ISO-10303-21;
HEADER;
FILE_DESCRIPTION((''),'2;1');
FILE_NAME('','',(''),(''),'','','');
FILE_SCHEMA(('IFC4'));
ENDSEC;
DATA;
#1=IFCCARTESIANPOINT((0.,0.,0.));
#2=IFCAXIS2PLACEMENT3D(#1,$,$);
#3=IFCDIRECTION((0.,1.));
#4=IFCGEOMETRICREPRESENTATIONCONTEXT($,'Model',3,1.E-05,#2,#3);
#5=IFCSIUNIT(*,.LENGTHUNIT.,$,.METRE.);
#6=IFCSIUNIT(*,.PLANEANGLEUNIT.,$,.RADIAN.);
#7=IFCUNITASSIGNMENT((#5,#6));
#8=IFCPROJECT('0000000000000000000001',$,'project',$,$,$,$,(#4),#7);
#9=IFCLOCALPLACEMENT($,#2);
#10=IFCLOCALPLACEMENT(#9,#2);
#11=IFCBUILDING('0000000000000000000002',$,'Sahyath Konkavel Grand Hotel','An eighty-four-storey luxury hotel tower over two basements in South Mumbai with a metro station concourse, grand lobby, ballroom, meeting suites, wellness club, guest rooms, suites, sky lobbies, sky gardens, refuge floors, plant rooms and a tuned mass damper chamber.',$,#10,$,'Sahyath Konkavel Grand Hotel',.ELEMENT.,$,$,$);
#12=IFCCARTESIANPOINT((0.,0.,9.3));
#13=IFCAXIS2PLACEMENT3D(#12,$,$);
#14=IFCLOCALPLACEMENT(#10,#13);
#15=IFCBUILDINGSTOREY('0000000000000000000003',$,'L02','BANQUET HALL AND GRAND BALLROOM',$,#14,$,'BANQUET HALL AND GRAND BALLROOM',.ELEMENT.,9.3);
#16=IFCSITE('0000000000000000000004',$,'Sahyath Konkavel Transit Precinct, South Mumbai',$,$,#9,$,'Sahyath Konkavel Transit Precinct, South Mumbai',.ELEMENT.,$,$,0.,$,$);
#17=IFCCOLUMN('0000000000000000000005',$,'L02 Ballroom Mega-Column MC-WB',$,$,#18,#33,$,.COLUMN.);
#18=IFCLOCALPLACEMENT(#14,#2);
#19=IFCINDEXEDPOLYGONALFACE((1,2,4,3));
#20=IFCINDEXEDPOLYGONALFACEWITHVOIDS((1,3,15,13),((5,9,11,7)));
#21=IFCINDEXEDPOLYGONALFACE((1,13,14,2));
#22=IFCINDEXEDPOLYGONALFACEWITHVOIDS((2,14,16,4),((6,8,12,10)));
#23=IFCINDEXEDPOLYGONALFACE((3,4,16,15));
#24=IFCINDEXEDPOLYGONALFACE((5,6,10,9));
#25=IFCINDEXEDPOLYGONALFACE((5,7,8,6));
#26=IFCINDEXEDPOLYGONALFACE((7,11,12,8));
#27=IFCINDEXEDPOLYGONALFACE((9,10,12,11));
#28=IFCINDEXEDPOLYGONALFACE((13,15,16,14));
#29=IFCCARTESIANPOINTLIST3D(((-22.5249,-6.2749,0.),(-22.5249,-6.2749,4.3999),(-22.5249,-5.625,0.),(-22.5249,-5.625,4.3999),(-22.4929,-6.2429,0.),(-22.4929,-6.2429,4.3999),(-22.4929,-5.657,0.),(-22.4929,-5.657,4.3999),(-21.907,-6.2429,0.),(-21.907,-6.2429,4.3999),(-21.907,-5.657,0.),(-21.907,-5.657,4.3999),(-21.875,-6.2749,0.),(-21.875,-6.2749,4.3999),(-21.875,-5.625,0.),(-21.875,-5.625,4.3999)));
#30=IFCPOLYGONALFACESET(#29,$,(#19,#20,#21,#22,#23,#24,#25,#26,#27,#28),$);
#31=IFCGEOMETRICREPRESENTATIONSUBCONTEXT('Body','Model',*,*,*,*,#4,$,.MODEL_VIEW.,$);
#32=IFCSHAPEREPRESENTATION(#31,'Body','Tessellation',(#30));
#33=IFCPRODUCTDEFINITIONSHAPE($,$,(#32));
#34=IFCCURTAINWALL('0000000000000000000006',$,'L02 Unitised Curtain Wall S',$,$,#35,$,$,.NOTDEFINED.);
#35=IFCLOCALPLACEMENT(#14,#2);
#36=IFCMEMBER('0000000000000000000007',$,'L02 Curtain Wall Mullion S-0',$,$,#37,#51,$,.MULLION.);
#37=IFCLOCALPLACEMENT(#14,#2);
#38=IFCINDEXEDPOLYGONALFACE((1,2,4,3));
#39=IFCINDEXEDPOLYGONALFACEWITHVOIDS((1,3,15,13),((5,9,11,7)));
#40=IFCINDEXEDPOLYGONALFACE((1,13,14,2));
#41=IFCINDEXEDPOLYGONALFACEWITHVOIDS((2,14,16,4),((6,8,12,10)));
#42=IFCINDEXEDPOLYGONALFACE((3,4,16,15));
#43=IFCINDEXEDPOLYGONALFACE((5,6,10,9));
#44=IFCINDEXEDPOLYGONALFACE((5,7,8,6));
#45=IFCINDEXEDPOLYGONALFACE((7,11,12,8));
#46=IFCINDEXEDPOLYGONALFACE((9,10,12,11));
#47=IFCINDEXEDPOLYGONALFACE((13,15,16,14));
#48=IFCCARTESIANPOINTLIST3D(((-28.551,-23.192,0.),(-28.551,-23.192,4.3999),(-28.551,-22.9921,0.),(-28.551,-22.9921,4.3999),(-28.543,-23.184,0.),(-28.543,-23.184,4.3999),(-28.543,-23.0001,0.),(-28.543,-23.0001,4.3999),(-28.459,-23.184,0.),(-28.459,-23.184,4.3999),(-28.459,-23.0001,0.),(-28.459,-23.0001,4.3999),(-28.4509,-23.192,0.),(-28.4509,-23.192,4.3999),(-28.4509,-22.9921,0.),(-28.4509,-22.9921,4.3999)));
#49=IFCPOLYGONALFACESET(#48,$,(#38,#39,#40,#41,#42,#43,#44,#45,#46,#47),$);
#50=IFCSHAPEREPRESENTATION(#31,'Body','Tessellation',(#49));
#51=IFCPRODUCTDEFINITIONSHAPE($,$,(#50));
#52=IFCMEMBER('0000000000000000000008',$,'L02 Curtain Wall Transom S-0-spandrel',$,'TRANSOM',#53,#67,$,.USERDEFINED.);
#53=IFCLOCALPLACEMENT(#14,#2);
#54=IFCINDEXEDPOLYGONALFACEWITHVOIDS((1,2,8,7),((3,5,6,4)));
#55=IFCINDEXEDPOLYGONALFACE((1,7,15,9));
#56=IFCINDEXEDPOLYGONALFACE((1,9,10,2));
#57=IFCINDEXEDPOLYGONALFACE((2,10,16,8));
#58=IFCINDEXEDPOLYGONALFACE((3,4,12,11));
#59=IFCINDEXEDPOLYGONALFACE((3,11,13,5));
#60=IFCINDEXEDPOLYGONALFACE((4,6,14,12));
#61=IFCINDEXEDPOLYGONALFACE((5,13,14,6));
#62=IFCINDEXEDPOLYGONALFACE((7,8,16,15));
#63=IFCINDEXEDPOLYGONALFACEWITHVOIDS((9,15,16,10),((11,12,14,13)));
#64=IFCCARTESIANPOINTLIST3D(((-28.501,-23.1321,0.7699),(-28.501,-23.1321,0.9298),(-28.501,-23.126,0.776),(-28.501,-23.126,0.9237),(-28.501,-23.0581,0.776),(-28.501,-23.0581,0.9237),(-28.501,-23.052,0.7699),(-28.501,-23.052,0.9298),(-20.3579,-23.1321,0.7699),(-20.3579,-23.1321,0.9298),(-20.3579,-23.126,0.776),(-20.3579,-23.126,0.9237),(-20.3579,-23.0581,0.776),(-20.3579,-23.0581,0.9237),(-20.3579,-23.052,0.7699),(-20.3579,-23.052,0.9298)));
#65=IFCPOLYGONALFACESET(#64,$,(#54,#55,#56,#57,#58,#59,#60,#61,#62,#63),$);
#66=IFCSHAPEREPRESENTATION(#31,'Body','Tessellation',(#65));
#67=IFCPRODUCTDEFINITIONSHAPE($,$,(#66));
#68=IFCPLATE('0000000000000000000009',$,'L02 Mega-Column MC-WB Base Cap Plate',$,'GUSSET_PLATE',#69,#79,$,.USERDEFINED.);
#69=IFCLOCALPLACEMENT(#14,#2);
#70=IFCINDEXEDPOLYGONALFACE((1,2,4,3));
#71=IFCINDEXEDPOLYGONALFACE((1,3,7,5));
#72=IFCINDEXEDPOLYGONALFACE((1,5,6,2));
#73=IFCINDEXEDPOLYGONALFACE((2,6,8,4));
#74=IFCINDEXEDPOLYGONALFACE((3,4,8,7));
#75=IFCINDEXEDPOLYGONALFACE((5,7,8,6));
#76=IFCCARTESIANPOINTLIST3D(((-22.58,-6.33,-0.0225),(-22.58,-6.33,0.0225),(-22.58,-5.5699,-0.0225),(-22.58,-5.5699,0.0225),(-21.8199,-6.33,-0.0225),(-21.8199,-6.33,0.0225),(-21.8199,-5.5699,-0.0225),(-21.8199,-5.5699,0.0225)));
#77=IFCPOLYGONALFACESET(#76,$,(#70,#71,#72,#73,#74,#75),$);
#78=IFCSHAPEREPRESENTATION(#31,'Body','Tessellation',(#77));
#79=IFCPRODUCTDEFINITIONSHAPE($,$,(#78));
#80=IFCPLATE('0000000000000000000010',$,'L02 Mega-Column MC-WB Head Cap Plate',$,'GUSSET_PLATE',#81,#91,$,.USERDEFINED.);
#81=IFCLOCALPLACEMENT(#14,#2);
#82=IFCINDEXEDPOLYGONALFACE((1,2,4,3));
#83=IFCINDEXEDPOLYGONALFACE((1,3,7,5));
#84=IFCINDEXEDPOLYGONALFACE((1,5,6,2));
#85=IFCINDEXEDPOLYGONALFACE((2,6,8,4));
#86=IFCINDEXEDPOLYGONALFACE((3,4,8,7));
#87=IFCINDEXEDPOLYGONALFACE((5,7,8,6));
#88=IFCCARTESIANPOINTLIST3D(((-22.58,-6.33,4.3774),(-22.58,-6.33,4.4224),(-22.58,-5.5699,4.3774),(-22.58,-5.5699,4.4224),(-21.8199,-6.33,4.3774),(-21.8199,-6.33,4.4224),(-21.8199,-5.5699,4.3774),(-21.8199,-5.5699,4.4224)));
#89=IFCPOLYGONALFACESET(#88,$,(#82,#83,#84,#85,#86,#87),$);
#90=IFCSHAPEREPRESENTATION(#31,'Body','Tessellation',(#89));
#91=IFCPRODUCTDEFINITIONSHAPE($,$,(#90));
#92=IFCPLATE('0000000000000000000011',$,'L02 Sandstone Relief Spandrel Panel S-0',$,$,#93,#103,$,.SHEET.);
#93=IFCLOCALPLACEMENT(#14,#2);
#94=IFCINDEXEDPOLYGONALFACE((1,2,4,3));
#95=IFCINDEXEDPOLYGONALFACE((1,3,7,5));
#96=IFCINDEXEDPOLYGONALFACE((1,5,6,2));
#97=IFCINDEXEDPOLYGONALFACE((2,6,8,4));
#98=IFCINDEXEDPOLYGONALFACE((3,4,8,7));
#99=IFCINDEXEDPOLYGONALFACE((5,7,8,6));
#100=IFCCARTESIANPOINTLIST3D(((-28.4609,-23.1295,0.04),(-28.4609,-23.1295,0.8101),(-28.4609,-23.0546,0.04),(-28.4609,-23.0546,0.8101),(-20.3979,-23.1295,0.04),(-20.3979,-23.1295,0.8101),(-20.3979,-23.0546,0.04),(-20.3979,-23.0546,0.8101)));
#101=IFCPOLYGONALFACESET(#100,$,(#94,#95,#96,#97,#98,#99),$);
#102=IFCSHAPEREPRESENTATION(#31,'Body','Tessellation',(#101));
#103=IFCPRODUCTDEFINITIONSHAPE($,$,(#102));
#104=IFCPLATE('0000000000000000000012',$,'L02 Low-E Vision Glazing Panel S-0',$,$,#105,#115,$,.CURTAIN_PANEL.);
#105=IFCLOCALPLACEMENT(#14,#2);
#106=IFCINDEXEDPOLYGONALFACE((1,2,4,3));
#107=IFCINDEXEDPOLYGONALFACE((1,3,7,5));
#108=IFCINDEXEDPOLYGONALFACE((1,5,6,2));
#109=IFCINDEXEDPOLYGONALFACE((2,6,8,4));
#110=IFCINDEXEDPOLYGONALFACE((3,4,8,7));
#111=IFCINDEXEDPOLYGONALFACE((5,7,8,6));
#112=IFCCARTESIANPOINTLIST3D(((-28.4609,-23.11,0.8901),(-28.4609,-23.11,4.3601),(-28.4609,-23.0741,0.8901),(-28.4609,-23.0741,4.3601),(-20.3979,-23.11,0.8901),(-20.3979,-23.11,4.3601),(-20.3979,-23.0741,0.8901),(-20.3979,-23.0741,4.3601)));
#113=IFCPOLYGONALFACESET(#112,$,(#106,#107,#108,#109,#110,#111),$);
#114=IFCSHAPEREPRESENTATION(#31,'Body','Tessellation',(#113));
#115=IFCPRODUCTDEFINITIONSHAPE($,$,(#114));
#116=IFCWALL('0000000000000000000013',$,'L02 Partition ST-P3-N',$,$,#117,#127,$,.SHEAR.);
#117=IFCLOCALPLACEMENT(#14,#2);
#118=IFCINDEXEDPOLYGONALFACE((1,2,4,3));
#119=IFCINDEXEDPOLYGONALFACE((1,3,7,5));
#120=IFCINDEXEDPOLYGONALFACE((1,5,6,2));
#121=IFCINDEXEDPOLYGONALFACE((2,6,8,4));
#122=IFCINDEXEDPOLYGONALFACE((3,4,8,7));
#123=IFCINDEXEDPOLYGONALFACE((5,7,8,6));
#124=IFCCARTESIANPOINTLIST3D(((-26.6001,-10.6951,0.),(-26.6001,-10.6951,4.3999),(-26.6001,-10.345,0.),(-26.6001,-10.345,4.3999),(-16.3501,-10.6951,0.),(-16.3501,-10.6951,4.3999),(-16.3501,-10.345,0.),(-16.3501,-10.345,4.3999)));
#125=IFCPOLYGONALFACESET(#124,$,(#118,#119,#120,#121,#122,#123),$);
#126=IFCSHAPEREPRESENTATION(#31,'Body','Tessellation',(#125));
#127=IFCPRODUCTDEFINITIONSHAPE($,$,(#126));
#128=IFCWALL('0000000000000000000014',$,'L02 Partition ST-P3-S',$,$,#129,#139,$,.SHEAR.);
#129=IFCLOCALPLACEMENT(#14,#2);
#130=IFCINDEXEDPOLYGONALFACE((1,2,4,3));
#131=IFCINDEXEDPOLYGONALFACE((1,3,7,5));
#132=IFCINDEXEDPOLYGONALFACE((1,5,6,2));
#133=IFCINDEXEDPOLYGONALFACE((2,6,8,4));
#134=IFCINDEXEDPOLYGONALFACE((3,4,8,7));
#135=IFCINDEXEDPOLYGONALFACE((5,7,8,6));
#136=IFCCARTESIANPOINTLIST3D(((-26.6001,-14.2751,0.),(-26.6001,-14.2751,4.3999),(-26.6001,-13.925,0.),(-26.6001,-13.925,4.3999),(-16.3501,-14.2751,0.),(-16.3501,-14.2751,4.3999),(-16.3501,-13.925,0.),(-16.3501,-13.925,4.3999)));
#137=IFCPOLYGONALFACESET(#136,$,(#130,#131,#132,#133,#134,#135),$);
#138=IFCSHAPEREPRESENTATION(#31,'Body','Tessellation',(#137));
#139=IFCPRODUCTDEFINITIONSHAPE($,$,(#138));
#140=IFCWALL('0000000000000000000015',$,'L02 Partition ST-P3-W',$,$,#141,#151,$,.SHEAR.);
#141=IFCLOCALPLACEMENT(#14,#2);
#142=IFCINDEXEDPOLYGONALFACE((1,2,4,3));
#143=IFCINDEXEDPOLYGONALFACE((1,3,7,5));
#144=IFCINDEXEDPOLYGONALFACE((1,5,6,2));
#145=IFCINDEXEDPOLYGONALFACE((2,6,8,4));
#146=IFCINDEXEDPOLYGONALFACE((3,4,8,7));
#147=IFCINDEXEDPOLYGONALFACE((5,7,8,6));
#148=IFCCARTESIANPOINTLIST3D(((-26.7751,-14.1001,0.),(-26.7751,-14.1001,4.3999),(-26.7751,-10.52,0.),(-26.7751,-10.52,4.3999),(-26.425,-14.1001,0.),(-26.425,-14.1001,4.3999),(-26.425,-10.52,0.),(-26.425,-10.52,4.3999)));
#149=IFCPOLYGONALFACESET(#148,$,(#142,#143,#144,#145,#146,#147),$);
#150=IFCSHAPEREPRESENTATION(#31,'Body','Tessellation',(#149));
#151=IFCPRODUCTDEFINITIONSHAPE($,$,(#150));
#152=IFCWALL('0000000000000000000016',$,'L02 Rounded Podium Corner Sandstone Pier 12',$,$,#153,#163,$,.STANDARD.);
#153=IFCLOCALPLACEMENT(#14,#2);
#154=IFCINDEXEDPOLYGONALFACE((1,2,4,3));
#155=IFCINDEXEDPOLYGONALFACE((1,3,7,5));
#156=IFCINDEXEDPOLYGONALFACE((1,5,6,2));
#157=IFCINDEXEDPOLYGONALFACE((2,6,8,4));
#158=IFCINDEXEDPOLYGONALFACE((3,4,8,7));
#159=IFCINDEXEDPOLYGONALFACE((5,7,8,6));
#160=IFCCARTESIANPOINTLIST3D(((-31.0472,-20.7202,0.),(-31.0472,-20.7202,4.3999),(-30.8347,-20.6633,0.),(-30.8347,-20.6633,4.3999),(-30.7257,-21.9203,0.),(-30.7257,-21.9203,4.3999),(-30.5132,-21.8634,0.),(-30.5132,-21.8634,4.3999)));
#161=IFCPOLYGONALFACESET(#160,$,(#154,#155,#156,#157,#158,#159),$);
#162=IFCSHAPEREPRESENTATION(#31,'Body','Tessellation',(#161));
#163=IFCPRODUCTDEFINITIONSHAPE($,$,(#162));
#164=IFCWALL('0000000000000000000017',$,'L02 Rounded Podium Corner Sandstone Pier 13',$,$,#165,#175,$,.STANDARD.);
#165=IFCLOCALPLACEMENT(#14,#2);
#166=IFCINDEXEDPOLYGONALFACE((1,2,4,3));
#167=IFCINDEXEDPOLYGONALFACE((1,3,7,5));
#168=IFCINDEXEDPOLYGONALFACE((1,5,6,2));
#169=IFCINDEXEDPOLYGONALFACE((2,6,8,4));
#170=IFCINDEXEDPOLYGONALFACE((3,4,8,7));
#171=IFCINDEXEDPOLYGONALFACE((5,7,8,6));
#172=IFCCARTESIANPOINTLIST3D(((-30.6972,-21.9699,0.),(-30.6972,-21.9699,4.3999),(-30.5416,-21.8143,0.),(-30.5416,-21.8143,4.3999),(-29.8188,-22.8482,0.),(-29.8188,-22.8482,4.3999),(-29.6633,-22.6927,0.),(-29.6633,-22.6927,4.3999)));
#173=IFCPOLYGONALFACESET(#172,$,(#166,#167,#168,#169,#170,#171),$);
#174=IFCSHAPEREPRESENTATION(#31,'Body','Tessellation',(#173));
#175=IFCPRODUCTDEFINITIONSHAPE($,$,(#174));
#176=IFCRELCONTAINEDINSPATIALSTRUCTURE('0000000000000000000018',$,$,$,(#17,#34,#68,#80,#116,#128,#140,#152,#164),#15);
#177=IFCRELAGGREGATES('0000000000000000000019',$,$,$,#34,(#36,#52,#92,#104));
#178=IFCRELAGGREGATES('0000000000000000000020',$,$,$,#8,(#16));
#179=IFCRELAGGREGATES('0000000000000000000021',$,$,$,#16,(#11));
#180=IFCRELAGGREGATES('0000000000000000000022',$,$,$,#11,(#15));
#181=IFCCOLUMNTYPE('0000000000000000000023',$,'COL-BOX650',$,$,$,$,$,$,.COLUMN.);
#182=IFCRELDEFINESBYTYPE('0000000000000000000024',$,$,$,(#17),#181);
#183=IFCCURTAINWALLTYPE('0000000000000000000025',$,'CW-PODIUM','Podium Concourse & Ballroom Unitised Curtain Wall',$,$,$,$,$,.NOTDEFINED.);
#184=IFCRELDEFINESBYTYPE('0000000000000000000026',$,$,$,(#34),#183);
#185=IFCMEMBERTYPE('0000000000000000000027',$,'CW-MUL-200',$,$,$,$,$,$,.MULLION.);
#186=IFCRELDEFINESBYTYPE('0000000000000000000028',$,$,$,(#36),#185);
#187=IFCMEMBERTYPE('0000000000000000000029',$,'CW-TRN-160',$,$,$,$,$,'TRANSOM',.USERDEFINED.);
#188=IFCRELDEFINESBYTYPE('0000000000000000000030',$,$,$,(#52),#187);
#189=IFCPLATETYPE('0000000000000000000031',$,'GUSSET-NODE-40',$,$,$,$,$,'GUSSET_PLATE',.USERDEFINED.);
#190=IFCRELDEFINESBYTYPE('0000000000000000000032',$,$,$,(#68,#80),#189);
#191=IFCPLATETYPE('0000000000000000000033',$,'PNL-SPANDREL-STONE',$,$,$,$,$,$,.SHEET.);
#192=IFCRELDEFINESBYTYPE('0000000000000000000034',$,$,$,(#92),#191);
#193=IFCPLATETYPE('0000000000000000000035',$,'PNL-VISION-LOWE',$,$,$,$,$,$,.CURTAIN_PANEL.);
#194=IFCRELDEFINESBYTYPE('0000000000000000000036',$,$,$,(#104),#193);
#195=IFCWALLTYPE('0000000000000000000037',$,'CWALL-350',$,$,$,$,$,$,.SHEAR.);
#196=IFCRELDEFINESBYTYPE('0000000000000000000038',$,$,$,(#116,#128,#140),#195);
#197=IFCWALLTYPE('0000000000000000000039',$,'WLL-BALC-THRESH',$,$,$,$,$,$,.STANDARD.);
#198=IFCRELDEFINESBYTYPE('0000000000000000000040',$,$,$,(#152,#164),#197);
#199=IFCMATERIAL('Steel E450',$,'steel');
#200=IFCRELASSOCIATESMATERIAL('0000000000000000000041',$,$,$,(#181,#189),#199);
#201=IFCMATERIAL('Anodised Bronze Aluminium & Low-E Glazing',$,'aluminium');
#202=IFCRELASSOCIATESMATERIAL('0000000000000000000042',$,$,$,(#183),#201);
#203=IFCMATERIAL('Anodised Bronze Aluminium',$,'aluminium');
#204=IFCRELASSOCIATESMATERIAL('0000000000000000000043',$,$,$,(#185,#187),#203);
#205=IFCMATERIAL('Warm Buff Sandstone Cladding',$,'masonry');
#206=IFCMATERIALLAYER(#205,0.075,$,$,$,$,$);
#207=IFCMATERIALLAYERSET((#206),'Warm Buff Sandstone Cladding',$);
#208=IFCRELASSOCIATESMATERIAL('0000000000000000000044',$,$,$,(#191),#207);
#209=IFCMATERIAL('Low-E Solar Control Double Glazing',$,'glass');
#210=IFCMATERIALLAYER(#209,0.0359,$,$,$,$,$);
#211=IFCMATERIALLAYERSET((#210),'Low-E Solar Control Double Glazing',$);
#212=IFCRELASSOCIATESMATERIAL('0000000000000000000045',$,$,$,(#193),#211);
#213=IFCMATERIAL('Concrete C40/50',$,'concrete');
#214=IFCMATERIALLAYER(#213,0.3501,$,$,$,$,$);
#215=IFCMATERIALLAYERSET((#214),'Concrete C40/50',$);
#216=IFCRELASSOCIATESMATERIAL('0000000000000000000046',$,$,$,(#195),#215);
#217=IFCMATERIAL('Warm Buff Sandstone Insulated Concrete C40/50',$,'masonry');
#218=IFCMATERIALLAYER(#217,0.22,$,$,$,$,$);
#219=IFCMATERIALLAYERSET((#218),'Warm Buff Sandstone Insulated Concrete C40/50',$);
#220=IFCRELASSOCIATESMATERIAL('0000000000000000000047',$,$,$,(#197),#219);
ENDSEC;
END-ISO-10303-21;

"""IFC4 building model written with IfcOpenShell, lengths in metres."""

from ifc_helpers import new_model, si_unit, direction, frame, frame_2d, origin, origin_2d, place, context, subcontext, project, spatial, rectangle, hollow_rectangle, extrude, source, transform, mapped, material, layer, layer_set, material_profile, profile_set, type_object, element, aggregate, save


model = new_model("IFC4")

# Units and contexts
model_context = context("Model", 3, precision=1e-05, world=origin(), true_north=direction((0.0, 1.0)))
body_context = subcontext(model_context, "Body", "Model", "MODEL_VIEW")
ifc_project = project(units=[si_unit("LENGTHUNIT", "METRE"), si_unit("PLANEANGLEUNIT", "RADIAN")], contexts=[model_context])

# Site, building, storey
site_placement = place(None, origin())
site = spatial("IfcSite", under=ifc_project, at=site_placement, Name="Sahyath Konkavel Transit Precinct, South Mumbai", LongName="Sahyath Konkavel Transit Precinct, South Mumbai", CompositionType="ELEMENT", RefElevation=0.0)
building_placement = place(site_placement, origin())
building = spatial("IfcBuilding", under=site, at=building_placement, Name="Sahyath Konkavel Grand Hotel", Description="An eighty-four-storey luxury hotel tower over two basements in South Mumbai with a metro station concourse, grand lobby, ballroom, meeting suites, wellness club, guest rooms, suites, sky lobbies, sky gardens, refuge floors, plant rooms and a tuned mass damper chamber.", LongName="Sahyath Konkavel Grand Hotel", CompositionType="ELEMENT")
storey_placement = place(building_placement, frame((0.0, 0.0, 9.3)))
storey = spatial("IfcBuildingStorey", under=building, at=storey_placement, Name="L02", Description="BANQUET HALL AND GRAND BALLROOM", LongName="BANQUET HALL AND GRAND BALLROOM", CompositionType="ELEMENT", Elevation=9.3)

# Column
ifc_material_1 = material(Name="Steel E450", Category="steel")
ifc_material_profile_1 = material_profile(ifc_material_1, hollow_rectangle(XDim=0.6499, YDim=0.6499, WallThickness=0.032, at=origin_2d()), Name="BOX 650x650x32")
ifc_profile_set_1 = profile_set([ifc_material_profile_1], Name="Steel E450")
column_type = type_object("IfcColumnType", Name="COL-BOX650", PredefinedType="COLUMN", material=ifc_profile_set_1)
shared_shape_1 = source(origin(), body_context, "Body", "SweptSolid", [
    extrude(hollow_rectangle(XDim=0.6499, YDim=0.6499, WallThickness=0.032, at=origin_2d()), origin(), (0.0, 0.0, 1.0), 4.3999),
])
column_placement = place(storey_placement, frame((-22.2, -5.95, 0.0), z_axis=(0.0, 0.0, 1.0), x_axis=(1.0, 0.0, 0.0)))
element("IfcColumn", 1, at=column_placement, inside=storey, type_object=column_type, Name="L02 Ballroom Mega-Column MC-WB", PredefinedType="COLUMN", context=body_context, shape_type="MappedRepresentation", body=[
    mapped(shared_shape_1, transform((0.0, 0.0, 0.0), scale=1.0)),
])

# Curtain wall, members
ifc_material_2 = material(Name="Anodised Bronze Aluminium & Low-E Glazing", Category="aluminium")
curtain_wall_type = type_object("IfcCurtainWallType", Name="CW-PODIUM", Description="Podium Concourse & Ballroom Unitised Curtain Wall", PredefinedType="NOTDEFINED", material=ifc_material_2)
curtain_wall_placement = place(storey_placement, origin())
curtain_wall = element("IfcCurtainWall", 2, at=curtain_wall_placement, inside=storey, type_object=curtain_wall_type, Name="L02 Unitised Curtain Wall S", PredefinedType="NOTDEFINED")
ifc_material_3 = material(Name="Anodised Bronze Aluminium", Category="aluminium")
ifc_material_profile_2 = material_profile(ifc_material_3, hollow_rectangle(XDim=0.1001, YDim=0.2, WallThickness=0.0081, at=origin_2d()), Name="RHS 200x100x8")
ifc_profile_set_2 = profile_set([ifc_material_profile_2], Name="Anodised Bronze Aluminium")
member_type_1 = type_object("IfcMemberType", Name="CW-MUL-200", PredefinedType="MULLION", material=ifc_profile_set_2)
shared_shape_2 = source(origin(), body_context, "Body", "SweptSolid", [
    extrude(hollow_rectangle(XDim=0.1001, YDim=0.2, WallThickness=0.0081, at=origin_2d()), origin(), (0.0, 0.0, 1.0), 4.3999),
])
member_1_placement = place(storey_placement, frame((-28.501, -23.092, 0.0), z_axis=(0.0, 0.0, 1.0), x_axis=(1.0, 0.0, 0.0)))
member_1 = element("IfcMember", 3, at=member_1_placement, type_object=member_type_1, Name="L02 Curtain Wall Mullion S-0", PredefinedType="MULLION", context=body_context, shape_type="MappedRepresentation", body=[
    mapped(shared_shape_2, transform((0.0, 0.0, 0.0), scale=1.0)),
])
ifc_material_profile_3 = material_profile(ifc_material_3, hollow_rectangle(XDim=0.0801, YDim=0.1599, WallThickness=0.0061, at=origin_2d()), Name="RHS 160x80x6")
ifc_profile_set_3 = profile_set([ifc_material_profile_3], Name="Anodised Bronze Aluminium")
member_type_2 = type_object("IfcMemberType", Name="CW-TRN-160", ElementType="TRANSOM", PredefinedType="USERDEFINED", material=ifc_profile_set_3)
shared_shape_3 = source(origin(), body_context, "Body", "SweptSolid", [
    extrude(hollow_rectangle(XDim=0.0801, YDim=0.1599, WallThickness=0.0061, at=origin_2d()), origin(), (0.0, 0.0, 1.0), 8.1431),
])
member_2_placement = place(storey_placement, frame((-28.501, -23.092, 0.8499), z_axis=(1.0, 0.0, 0.0), x_axis=(0.0, 1.0, 0.0)))
member_2 = element("IfcMember", 4, at=member_2_placement, type_object=member_type_2, Name="L02 Curtain Wall Transom S-0-spandrel", ObjectType="TRANSOM", PredefinedType="USERDEFINED", context=body_context, shape_type="MappedRepresentation", body=[
    mapped(shared_shape_3, transform((0.0, 0.0, 0.0), scale=1.0)),
])

# Plates
plate_type_1 = type_object("IfcPlateType", Name="GUSSET-NODE-40", ElementType="GUSSET_PLATE", PredefinedType="USERDEFINED", material=ifc_material_1)
shared_shape_4 = source(origin(), body_context, "Body", "SweptSolid", [
    extrude(rectangle(XDim=0.76, YDim=0.76, at=origin_2d()), origin(), (0.0, 0.0, 1.0), 0.0449),
])
for number, where, z_axis, x_axis, name in (
    (5, (-22.2, -5.95, -0.0225), (0.0, 0.0, 1.0), (1.0, 0.0, 0.0), "L02 Mega-Column MC-WB Base Cap Plate"),
    (6, (-22.2, -5.95, 4.3774), (0.0, 0.0, 1.0), (1.0, 0.0, 0.0), "L02 Mega-Column MC-WB Head Cap Plate"),
):
    element("IfcPlate", number, at=place(storey_placement, frame(where, z_axis=z_axis, x_axis=x_axis)), inside=storey, type_object=plate_type_1, Name=name, ObjectType="GUSSET_PLATE", PredefinedType="USERDEFINED", context=body_context, shape_type="MappedRepresentation", body=[
        mapped(shared_shape_4, transform((0.0, 0.0, 0.0), scale=1.0)),
    ])

# Plates
ifc_material_4 = material(Name="Warm Buff Sandstone Cladding", Category="masonry")
ifc_layer_1 = layer(ifc_material_4, 0.075)
ifc_layer_set_1 = layer_set([ifc_layer_1], Name="Warm Buff Sandstone Cladding")
plate_type_2 = type_object("IfcPlateType", Name="PNL-SPANDREL-STONE", PredefinedType="SHEET", material=ifc_layer_set_1)
shared_shape_5 = source(origin(), body_context, "Body", "SweptSolid", [
    extrude(rectangle(XDim=8.063, YDim=0.075, at=origin_2d()), origin(), (0.0, 0.0, 1.0), 0.77),
])
plate_1_placement = place(storey_placement, frame((-24.4294, -23.092, 0.04), z_axis=(0.0, 0.0, 1.0), x_axis=(1.0, 0.0, 0.0)))
plate_1 = element("IfcPlate", 7, at=plate_1_placement, type_object=plate_type_2, Name="L02 Sandstone Relief Spandrel Panel S-0", PredefinedType="SHEET", context=body_context, shape_type="MappedRepresentation", body=[
    mapped(shared_shape_5, transform((0.0, 0.0, 0.0), scale=1.0)),
])
ifc_material_5 = material(Name="Low-E Solar Control Double Glazing", Category="glass")
ifc_layer_2 = layer(ifc_material_5, 0.0359)
ifc_layer_set_2 = layer_set([ifc_layer_2], Name="Low-E Solar Control Double Glazing")
plate_type_3 = type_object("IfcPlateType", Name="PNL-VISION-LOWE", PredefinedType="CURTAIN_PANEL", material=ifc_layer_set_2)
shared_shape_6 = source(origin(), body_context, "Body", "SweptSolid", [
    extrude(rectangle(XDim=8.063, YDim=0.0359, at=origin_2d()), origin(), (0.0, 0.0, 1.0), 3.47),
])
plate_2_placement = place(storey_placement, frame((-24.4294, -23.092, 0.8901), z_axis=(0.0, 0.0, 1.0), x_axis=(1.0, 0.0, 0.0)))
plate_2 = element("IfcPlate", 8, at=plate_2_placement, type_object=plate_type_3, Name="L02 Low-E Vision Glazing Panel S-0", PredefinedType="CURTAIN_PANEL", context=body_context, shape_type="MappedRepresentation", body=[
    mapped(shared_shape_6, transform((0.0, 0.0, 0.0), scale=1.0)),
])
aggregate(curtain_wall, [member_1, member_2, plate_1, plate_2])

# Walls
ifc_material_6 = material(Name="Concrete C40/50", Category="concrete")
ifc_layer_3 = layer(ifc_material_6, 0.3501)
ifc_layer_set_3 = layer_set([ifc_layer_3], Name="Concrete C40/50")
wall_type_1 = type_object("IfcWallType", Name="CWALL-350", PredefinedType="SHEAR", material=ifc_layer_set_3)
for number, where, z_axis, x_axis, name in (
    (9, (-26.6001, -10.52, 0.0), (0.0, 0.0, 1.0), (1.0, 0.0, 0.0), "L02 Partition ST-P3-N"),
    (10, (-26.6001, -14.1001, 0.0), (0.0, 0.0, 1.0), (1.0, 0.0, 0.0), "L02 Partition ST-P3-S"),
):
    element("IfcWall", number, at=place(storey_placement, frame(where, z_axis=z_axis, x_axis=x_axis)), inside=storey, type_object=wall_type_1, Name=name, PredefinedType="SHEAR", context=body_context, shape_type="SweptSolid", body=[
        extrude(rectangle(XDim=10.25, YDim=0.3501, at=frame_2d((5.125, 0.0))), origin(), (0.0, 0.0, 1.0), 4.3999),
    ])
wall_1_placement = place(storey_placement, frame((-26.6001, -14.1001, 0.0), z_axis=(0.0, 0.0, 1.0), x_axis=(0.0, 1.0, 0.0)))
element("IfcWall", 11, at=wall_1_placement, inside=storey, type_object=wall_type_1, Name="L02 Partition ST-P3-W", PredefinedType="SHEAR", context=body_context, shape_type="SweptSolid", body=[
    extrude(rectangle(XDim=3.5801, YDim=0.3501, at=frame_2d((1.79, 0.0))), origin(), (0.0, 0.0, 1.0), 4.3999),
])
ifc_material_7 = material(Name="Warm Buff Sandstone Insulated Concrete C40/50", Category="masonry")
ifc_layer_4 = layer(ifc_material_7, 0.22)
ifc_layer_set_4 = layer_set([ifc_layer_4], Name="Warm Buff Sandstone Insulated Concrete C40/50")
wall_type_2 = type_object("IfcWallType", Name="WLL-BALC-THRESH", PredefinedType="STANDARD", material=ifc_layer_set_4)
wall_2_placement = place(storey_placement, frame((-30.9409, -20.6919, 0.0), z_axis=(0.0, 0.0, 1.0), x_axis=(0.258775, -0.965938, 0.0)))
element("IfcWall", 12, at=wall_2_placement, inside=storey, type_object=wall_type_2, Name="L02 Rounded Podium Corner Sandstone Pier 12", PredefinedType="STANDARD", context=body_context, shape_type="SweptSolid", body=[
    extrude(rectangle(XDim=1.2424, YDim=0.22, at=frame_2d((0.6211, 0.0))), origin(), (0.0, 0.0, 1.0), 4.3999),
])
for number, where, z_axis, x_axis, name in (
    (13, (-30.6194, -21.8921, 0.0), (0.0, 0.0, 1.0), (0.707107, -0.707107, 0.0), "L02 Rounded Podium Corner Sandstone Pier 13"),
):
    element("IfcWall", number, at=place(storey_placement, frame(where, z_axis=z_axis, x_axis=x_axis)), inside=storey, type_object=wall_type_2, Name=name, PredefinedType="STANDARD", context=body_context, shape_type="SweptSolid", body=[
        extrude(rectangle(XDim=1.2422, YDim=0.22, at=frame_2d((0.6211, 0.0))), origin(), (0.0, 0.0, 1.0), 4.3999),
    ])

save(model, "model.ifc")
